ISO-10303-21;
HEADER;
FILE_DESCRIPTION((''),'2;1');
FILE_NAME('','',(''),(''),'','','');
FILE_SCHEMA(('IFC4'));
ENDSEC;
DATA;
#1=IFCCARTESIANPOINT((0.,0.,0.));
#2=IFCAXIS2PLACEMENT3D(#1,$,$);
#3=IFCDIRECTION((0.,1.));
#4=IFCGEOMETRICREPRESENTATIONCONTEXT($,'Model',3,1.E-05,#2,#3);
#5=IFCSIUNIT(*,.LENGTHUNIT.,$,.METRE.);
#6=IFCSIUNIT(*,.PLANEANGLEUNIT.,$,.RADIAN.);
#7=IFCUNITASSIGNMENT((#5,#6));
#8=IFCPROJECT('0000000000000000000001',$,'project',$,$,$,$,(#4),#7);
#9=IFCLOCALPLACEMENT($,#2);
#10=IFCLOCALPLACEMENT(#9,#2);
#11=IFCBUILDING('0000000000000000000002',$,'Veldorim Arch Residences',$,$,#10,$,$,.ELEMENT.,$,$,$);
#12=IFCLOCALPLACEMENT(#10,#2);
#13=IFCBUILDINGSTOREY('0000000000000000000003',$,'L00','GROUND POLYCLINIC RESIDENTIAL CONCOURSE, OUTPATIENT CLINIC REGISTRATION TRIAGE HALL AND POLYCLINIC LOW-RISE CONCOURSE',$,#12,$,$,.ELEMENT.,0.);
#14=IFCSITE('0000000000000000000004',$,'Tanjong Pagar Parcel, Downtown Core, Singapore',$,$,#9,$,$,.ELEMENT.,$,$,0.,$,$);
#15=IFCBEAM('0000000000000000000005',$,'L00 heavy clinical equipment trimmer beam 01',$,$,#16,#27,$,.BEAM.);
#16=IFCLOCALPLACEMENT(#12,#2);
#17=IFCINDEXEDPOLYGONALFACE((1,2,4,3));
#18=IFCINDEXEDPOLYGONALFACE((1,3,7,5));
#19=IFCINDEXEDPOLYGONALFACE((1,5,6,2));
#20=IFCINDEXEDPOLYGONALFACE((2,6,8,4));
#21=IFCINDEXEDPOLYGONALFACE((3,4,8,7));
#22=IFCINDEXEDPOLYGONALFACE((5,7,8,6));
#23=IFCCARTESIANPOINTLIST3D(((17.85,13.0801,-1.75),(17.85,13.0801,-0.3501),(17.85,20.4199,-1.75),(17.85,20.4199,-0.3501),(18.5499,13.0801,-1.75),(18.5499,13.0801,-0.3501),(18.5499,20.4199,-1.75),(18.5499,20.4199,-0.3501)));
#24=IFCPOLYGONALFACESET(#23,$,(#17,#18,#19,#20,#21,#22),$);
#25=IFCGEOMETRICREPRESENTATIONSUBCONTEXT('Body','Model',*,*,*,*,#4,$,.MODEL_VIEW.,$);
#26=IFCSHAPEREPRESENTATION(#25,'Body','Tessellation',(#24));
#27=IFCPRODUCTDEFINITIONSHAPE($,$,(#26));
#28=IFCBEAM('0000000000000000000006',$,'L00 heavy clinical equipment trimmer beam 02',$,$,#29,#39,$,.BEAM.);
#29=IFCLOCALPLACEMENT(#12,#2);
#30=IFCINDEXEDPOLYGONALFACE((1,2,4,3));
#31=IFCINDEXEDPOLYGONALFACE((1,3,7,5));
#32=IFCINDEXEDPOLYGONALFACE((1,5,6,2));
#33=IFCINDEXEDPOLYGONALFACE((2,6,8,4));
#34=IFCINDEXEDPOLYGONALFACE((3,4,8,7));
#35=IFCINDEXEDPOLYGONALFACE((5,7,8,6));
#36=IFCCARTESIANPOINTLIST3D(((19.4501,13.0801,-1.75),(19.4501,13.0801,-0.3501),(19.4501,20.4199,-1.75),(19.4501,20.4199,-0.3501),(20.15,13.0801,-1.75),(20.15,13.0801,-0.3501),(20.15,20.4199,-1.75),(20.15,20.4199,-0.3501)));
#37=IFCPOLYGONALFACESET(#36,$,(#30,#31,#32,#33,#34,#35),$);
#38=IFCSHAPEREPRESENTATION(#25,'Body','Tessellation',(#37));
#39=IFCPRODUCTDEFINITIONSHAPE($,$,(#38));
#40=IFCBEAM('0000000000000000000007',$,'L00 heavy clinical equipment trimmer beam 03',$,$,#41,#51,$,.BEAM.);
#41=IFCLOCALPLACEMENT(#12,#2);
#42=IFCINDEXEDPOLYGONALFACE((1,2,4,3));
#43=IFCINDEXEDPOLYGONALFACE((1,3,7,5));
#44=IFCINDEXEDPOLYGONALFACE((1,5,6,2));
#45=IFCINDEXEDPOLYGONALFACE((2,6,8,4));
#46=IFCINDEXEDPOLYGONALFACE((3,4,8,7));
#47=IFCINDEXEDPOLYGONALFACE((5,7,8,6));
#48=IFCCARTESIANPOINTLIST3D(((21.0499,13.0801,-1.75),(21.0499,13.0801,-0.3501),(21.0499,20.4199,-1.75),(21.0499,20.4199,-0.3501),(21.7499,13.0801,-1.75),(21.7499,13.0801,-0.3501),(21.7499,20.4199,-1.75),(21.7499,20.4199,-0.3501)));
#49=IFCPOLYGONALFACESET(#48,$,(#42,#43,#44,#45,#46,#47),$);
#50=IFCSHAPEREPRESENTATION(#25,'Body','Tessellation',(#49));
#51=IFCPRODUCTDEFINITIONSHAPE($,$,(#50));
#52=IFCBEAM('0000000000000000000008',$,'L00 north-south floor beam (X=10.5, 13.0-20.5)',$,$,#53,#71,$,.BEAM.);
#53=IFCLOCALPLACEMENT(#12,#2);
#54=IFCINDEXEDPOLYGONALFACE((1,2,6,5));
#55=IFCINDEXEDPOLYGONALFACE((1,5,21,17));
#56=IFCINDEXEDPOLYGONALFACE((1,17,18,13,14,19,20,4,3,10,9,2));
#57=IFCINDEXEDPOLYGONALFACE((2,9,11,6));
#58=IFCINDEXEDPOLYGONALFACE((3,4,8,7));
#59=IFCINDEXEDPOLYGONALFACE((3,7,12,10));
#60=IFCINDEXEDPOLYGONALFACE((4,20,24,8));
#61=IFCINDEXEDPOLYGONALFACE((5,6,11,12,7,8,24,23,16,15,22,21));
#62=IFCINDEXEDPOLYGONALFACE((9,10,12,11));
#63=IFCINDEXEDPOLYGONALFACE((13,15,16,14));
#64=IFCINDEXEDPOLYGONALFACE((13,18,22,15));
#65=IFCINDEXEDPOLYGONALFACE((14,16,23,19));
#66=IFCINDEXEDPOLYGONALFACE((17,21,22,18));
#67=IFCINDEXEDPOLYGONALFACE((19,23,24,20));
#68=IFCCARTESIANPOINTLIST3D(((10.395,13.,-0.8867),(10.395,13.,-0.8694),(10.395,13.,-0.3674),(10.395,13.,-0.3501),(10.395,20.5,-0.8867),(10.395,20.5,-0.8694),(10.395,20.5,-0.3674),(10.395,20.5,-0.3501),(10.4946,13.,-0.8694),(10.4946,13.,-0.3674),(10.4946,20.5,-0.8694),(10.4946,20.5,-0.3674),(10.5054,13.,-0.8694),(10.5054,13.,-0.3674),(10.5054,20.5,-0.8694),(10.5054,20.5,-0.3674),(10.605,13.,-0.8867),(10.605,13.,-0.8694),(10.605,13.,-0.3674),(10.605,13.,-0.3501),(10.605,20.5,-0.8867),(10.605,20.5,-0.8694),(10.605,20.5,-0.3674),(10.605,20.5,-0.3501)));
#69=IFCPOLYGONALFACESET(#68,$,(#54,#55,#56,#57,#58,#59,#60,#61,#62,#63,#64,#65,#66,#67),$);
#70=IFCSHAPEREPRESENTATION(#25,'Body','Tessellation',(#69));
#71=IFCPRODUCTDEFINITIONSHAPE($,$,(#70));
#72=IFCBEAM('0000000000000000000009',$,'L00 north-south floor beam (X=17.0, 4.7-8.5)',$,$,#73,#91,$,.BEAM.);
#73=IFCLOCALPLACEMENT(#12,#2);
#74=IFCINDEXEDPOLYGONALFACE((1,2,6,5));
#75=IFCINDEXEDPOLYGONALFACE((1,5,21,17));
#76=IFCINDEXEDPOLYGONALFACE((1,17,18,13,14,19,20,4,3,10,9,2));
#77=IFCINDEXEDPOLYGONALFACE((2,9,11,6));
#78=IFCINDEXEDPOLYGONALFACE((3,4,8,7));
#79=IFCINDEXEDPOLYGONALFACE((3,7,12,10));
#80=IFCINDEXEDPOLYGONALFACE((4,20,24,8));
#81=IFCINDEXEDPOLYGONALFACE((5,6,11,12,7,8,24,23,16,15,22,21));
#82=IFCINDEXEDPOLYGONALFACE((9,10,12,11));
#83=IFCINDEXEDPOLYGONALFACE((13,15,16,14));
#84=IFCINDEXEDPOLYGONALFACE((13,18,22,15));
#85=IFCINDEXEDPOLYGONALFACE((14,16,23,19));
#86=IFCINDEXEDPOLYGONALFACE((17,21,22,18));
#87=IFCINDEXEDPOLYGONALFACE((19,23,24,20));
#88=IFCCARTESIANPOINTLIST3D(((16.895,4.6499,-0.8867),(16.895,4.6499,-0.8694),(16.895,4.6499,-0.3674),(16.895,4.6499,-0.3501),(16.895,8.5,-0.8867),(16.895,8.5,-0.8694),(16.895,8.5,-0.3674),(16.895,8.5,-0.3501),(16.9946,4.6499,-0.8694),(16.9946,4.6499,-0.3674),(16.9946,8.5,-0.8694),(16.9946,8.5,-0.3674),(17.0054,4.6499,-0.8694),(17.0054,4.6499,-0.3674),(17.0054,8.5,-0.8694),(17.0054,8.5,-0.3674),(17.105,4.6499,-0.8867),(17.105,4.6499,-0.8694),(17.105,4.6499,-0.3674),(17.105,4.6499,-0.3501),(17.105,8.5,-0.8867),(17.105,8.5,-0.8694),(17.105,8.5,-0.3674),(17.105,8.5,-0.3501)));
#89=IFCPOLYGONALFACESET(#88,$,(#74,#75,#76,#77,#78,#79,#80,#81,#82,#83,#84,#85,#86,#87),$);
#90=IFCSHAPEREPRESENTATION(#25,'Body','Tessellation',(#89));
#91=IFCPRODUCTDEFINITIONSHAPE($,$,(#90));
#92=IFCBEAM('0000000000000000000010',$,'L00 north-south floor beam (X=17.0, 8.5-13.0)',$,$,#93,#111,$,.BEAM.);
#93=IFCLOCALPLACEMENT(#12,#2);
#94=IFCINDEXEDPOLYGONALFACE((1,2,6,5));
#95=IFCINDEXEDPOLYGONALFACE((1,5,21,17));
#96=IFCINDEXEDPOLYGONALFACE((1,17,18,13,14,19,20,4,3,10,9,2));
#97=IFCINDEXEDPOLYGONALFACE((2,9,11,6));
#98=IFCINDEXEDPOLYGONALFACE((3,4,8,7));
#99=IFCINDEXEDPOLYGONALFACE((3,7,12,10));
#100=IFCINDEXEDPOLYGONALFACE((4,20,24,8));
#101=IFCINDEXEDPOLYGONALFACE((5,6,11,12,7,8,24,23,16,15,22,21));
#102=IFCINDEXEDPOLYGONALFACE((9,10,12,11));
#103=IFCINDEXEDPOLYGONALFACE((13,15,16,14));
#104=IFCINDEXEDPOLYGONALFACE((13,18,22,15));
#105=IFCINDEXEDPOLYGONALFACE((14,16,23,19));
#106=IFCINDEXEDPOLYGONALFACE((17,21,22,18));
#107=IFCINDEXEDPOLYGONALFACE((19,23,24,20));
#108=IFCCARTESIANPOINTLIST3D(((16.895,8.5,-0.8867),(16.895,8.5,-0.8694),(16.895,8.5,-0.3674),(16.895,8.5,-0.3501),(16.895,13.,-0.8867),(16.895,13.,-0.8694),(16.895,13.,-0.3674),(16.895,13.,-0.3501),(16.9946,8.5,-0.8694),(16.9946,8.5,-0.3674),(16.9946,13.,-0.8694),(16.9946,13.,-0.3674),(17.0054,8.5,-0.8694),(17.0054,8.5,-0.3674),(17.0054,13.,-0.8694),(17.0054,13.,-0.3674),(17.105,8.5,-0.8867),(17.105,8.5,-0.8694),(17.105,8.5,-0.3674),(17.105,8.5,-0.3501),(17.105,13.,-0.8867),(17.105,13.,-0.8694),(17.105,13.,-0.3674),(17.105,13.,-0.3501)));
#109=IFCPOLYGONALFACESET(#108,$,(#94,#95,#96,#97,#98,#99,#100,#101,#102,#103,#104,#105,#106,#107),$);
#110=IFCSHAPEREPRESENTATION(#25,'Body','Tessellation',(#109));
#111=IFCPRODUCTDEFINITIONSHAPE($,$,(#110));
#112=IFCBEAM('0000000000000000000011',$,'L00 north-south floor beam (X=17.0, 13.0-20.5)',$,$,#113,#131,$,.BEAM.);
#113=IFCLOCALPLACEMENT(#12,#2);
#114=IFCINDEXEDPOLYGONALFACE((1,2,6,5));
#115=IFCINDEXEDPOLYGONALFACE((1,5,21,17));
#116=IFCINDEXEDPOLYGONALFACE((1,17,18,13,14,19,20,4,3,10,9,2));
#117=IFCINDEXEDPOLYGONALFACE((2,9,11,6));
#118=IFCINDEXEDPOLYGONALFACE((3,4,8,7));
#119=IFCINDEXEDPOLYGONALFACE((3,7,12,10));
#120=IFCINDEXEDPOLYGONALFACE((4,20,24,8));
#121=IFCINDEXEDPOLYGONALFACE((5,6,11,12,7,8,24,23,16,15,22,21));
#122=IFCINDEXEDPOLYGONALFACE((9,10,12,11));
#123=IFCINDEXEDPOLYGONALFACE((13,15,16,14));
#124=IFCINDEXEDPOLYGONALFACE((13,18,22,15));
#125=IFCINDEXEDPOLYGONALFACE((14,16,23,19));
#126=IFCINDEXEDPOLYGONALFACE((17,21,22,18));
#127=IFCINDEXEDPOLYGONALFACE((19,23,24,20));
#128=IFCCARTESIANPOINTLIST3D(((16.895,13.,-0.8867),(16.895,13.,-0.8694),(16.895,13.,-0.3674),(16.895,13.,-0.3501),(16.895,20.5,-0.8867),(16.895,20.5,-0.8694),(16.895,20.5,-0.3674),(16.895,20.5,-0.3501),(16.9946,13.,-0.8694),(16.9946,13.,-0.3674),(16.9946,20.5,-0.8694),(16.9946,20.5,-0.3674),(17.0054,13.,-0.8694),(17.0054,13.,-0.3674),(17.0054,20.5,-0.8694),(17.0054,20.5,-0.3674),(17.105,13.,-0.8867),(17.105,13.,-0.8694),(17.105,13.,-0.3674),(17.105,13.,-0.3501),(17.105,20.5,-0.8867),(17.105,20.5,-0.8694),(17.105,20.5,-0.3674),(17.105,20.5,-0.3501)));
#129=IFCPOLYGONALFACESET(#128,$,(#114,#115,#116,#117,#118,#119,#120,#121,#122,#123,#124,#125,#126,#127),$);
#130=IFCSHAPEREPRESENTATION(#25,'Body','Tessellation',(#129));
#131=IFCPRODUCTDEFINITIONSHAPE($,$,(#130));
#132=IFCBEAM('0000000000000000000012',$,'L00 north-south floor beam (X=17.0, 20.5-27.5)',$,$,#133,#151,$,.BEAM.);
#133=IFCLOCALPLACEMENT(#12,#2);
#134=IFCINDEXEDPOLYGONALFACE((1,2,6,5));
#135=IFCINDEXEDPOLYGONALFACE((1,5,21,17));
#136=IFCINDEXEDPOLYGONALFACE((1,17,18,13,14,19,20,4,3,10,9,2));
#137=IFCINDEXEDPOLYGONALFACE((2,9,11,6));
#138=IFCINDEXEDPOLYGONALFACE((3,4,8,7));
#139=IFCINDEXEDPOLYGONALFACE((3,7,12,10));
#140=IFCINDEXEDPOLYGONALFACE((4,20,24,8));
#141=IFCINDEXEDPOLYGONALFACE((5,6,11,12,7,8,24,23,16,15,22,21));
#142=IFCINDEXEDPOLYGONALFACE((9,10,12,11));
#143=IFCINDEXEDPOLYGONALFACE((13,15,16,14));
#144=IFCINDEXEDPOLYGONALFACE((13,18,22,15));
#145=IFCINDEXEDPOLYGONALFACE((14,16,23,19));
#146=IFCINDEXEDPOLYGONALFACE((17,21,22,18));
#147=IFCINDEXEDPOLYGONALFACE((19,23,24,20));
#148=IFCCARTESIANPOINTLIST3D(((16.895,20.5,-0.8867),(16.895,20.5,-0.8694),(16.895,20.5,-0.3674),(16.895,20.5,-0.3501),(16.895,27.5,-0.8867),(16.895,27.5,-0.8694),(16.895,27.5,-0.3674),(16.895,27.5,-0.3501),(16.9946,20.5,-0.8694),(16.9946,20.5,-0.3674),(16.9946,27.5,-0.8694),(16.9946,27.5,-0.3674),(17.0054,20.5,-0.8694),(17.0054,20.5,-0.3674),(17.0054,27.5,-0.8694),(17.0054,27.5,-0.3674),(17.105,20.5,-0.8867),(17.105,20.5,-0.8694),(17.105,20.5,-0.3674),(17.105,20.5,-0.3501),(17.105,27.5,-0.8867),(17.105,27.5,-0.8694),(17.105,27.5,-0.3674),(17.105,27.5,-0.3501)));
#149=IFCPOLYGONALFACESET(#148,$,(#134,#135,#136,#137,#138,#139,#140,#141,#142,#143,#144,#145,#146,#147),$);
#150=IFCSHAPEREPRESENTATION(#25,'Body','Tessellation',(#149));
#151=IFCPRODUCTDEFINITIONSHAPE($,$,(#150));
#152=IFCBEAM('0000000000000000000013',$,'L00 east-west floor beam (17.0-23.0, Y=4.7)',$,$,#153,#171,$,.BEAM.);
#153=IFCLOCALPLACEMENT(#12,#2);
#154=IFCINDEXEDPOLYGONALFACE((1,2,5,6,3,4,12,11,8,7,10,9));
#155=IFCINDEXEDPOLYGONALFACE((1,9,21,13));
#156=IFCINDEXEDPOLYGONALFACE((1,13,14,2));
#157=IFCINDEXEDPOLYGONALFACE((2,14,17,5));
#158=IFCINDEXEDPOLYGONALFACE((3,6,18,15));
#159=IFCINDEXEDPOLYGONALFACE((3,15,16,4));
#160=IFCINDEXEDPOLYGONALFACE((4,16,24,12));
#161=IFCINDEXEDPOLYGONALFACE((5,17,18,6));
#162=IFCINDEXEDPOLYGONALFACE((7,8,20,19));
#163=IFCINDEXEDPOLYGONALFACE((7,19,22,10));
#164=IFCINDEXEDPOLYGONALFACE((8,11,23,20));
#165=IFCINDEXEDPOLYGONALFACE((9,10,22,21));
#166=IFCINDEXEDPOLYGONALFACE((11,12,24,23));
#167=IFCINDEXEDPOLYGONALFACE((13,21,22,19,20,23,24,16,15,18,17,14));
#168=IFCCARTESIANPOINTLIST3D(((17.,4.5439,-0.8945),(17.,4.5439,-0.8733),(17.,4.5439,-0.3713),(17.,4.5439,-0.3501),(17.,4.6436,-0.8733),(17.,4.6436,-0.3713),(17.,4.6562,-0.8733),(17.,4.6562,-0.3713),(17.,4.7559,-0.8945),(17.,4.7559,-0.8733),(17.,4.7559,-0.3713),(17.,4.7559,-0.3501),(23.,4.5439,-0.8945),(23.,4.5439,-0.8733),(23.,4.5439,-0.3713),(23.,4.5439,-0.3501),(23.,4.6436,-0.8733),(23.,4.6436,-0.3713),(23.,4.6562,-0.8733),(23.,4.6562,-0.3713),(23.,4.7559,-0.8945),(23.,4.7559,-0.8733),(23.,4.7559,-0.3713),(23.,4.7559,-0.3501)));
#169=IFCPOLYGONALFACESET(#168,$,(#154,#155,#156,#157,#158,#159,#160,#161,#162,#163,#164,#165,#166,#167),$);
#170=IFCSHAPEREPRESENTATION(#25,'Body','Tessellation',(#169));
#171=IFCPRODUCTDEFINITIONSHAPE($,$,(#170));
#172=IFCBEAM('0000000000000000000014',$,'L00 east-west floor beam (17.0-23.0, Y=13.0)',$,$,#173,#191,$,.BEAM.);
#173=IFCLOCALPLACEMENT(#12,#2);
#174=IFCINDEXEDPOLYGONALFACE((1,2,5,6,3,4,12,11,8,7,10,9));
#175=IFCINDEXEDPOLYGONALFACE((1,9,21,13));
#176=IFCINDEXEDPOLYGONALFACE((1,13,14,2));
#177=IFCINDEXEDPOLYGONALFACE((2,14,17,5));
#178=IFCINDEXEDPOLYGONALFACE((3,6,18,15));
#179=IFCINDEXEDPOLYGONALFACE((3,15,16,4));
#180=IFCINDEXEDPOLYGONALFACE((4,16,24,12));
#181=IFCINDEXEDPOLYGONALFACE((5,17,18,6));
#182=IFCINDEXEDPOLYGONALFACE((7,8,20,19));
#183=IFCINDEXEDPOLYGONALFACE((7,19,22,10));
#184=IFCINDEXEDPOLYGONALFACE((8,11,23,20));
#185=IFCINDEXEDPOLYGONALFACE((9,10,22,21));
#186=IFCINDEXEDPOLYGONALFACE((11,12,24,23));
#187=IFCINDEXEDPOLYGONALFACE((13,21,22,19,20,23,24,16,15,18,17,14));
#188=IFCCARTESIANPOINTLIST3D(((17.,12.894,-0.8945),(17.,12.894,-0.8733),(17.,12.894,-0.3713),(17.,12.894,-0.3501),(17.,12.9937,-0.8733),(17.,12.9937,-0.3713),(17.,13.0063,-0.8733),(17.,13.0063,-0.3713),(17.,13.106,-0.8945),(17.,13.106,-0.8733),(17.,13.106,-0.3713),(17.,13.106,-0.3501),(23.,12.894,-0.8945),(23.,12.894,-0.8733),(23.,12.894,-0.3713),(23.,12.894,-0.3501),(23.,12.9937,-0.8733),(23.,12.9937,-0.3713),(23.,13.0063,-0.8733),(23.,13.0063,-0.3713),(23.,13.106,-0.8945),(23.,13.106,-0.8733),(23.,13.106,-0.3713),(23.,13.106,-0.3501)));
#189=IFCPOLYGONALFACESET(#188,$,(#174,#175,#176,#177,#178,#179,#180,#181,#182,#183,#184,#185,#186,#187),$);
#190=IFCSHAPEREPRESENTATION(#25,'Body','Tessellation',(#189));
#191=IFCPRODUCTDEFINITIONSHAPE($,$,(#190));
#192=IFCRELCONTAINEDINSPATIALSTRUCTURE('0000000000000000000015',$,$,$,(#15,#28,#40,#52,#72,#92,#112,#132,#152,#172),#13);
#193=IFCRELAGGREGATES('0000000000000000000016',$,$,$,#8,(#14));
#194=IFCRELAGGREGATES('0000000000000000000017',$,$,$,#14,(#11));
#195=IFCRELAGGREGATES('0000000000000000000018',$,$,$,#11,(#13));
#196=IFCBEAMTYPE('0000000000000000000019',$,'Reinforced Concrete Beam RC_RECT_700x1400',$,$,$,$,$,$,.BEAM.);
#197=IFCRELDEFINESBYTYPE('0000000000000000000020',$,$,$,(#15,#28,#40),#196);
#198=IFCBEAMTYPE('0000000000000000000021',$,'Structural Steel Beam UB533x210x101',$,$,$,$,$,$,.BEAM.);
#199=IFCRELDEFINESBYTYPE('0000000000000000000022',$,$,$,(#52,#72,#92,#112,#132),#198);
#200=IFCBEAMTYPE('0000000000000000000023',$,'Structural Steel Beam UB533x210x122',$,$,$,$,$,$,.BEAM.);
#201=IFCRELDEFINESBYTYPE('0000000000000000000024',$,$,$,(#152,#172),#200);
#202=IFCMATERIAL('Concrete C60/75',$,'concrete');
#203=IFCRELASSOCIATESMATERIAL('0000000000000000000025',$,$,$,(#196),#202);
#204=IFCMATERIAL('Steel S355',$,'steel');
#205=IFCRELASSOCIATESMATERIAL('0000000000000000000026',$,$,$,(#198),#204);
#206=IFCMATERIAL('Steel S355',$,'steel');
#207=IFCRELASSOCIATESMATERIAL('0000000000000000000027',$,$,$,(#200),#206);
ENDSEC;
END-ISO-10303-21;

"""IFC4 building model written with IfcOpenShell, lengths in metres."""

from ifc_helpers import new_model, si_unit, direction, frame, origin, origin_2d, place, context, subcontext, project, spatial, rectangle, i_section, extrude, material, material_profile, profile_set, type_object, element, save


model = new_model("IFC4")

# Units and contexts
model_context = context("Model", 3, precision=1e-05, world=origin(), true_north=direction((0.0, 1.0)))
body_context = subcontext(model_context, "Body", "Model", "MODEL_VIEW")
ifc_project = project(units=[si_unit("LENGTHUNIT", "METRE"), si_unit("PLANEANGLEUNIT", "RADIAN")], contexts=[model_context])

# Site, building, storey
site_placement = place(None, origin())
site = spatial("IfcSite", under=ifc_project, at=site_placement, Name="Tanjong Pagar Parcel, Downtown Core, Singapore", CompositionType="ELEMENT", RefElevation=0.0)
building_placement = place(site_placement, origin())
building = spatial("IfcBuilding", under=site, at=building_placement, Name="Veldorim Arch Residences", CompositionType="ELEMENT")
storey_placement = place(building_placement, origin())
storey = spatial("IfcBuildingStorey", under=building, at=storey_placement, Name="L00", Description="GROUND POLYCLINIC RESIDENTIAL CONCOURSE, OUTPATIENT CLINIC REGISTRATION TRIAGE HALL AND POLYCLINIC LOW-RISE CONCOURSE", CompositionType="ELEMENT", Elevation=0.0)

# Beams
ifc_material_1 = material(Name="Concrete C60/75", Category="concrete")
ifc_material_profile_1 = material_profile(ifc_material_1, rectangle(XDim=0.7, YDim=1.3999, at=origin_2d()), Name="RC_RECT_700x1400")
ifc_profile_set_1 = profile_set([ifc_material_profile_1], Name="Concrete C60/75")
beam_type_1 = type_object("IfcBeamType", Name="Reinforced Concrete Beam RC_RECT_700x1400", PredefinedType="BEAM", material=ifc_profile_set_1)
for number, where, z_axis, x_axis, name in (
    (1, (18.2, 13.0801, -1.05), (0.0, 1.0, 0.0), (-1.0, 0.0, 0.0), "L00 heavy clinical equipment trimmer beam 01"),
    (2, (19.8, 13.0801, -1.05), (0.0, 1.0, 0.0), (-1.0, 0.0, 0.0), "L00 heavy clinical equipment trimmer beam 02"),
    (3, (21.3999, 13.0801, -1.05), (0.0, 1.0, 0.0), (-1.0, 0.0, 0.0), "L00 heavy clinical equipment trimmer beam 03"),
):
    element("IfcBeam", number, at=place(storey_placement, frame(where, z_axis=z_axis, x_axis=x_axis)), inside=storey, type_object=beam_type_1, Name=name, PredefinedType="BEAM", context=body_context, shape_type="SweptSolid", body=[
        extrude(rectangle(XDim=0.7, YDim=1.3999, at=origin_2d()), origin(), (0.0, 0.0, 1.0), 7.3398),
    ])
ifc_material_2 = material(Name="Steel S355", Category="steel")
ifc_material_profile_2 = material_profile(ifc_material_2, i_section(OverallWidth=0.21, OverallDepth=0.5366, WebThickness=0.0107, FlangeThickness=0.0173, at=origin_2d()), Name="UB533x210x101")
ifc_profile_set_2 = profile_set([ifc_material_profile_2], Name="Steel S355")
beam_type_2 = type_object("IfcBeamType", Name="Structural Steel Beam UB533x210x101", PredefinedType="BEAM", material=ifc_profile_set_2)
beam_1_placement = place(storey_placement, frame((10.5, 13.0, -0.6184), z_axis=(0.0, 1.0, 0.0), x_axis=(-1.0, 0.0, 0.0)))
element("IfcBeam", 4, at=beam_1_placement, inside=storey, type_object=beam_type_2, Name="L00 north-south floor beam (X=10.5, 13.0-20.5)", PredefinedType="BEAM", context=body_context, shape_type="SweptSolid", body=[
    extrude(i_section(OverallWidth=0.21, OverallDepth=0.5366, WebThickness=0.0107, FlangeThickness=0.0173, at=origin_2d()), origin(), (0.0, 0.0, 1.0), 7.5),
])
beam_2_placement = place(storey_placement, frame((17.0, 4.6499, -0.6184), z_axis=(0.0, 1.0, 0.0), x_axis=(-1.0, 0.0, 0.0)))
element("IfcBeam", 5, at=beam_2_placement, inside=storey, type_object=beam_type_2, Name="L00 north-south floor beam (X=17.0, 4.7-8.5)", PredefinedType="BEAM", context=body_context, shape_type="SweptSolid", body=[
    extrude(i_section(OverallWidth=0.21, OverallDepth=0.5366, WebThickness=0.0107, FlangeThickness=0.0173, at=origin_2d()), origin(), (0.0, 0.0, 1.0), 3.8501),
])
beam_3_placement = place(storey_placement, frame((17.0, 8.5, -0.6184), z_axis=(0.0, 1.0, 0.0), x_axis=(-1.0, 0.0, 0.0)))
element("IfcBeam", 6, at=beam_3_placement, inside=storey, type_object=beam_type_2, Name="L00 north-south floor beam (X=17.0, 8.5-13.0)", PredefinedType="BEAM", context=body_context, shape_type="SweptSolid", body=[
    extrude(i_section(OverallWidth=0.21, OverallDepth=0.5366, WebThickness=0.0107, FlangeThickness=0.0173, at=origin_2d()), origin(), (0.0, 0.0, 1.0), 4.5),
])
beam_4_placement = place(storey_placement, frame((17.0, 13.0, -0.6184), z_axis=(0.0, 1.0, 0.0), x_axis=(-1.0, 0.0, 0.0)))
element("IfcBeam", 7, at=beam_4_placement, inside=storey, type_object=beam_type_2, Name="L00 north-south floor beam (X=17.0, 13.0-20.5)", PredefinedType="BEAM", context=body_context, shape_type="SweptSolid", body=[
    extrude(i_section(OverallWidth=0.21, OverallDepth=0.5366, WebThickness=0.0107, FlangeThickness=0.0173, at=origin_2d()), origin(), (0.0, 0.0, 1.0), 7.5),
])
beam_5_placement = place(storey_placement, frame((17.0, 20.5, -0.6184), z_axis=(0.0, 1.0, 0.0), x_axis=(-1.0, 0.0, 0.0)))
element("IfcBeam", 8, at=beam_5_placement, inside=storey, type_object=beam_type_2, Name="L00 north-south floor beam (X=17.0, 20.5-27.5)", PredefinedType="BEAM", context=body_context, shape_type="SweptSolid", body=[
    extrude(i_section(OverallWidth=0.21, OverallDepth=0.5366, WebThickness=0.0107, FlangeThickness=0.0173, at=origin_2d()), origin(), (0.0, 0.0, 1.0), 7.0),
])
ifc_material_3 = material(Name="Steel S355", Category="steel")
ifc_material_profile_3 = material_profile(ifc_material_3, i_section(OverallWidth=0.2119, OverallDepth=0.5444, WebThickness=0.0127, FlangeThickness=0.0212, at=origin_2d()), Name="UB533x210x122")
ifc_profile_set_3 = profile_set([ifc_material_profile_3], Name="Steel S355")
beam_type_3 = type_object("IfcBeamType", Name="Structural Steel Beam UB533x210x122", PredefinedType="BEAM", material=ifc_profile_set_3)
for number, where, z_axis, x_axis, name in (
    (9, (17.0, 4.6499, -0.6223), (1.0, 0.0, 0.0), (0.0, 1.0, 0.0), "L00 east-west floor beam (17.0-23.0, Y=4.7)"),
    (10, (17.0, 13.0, -0.6223), (1.0, 0.0, 0.0), (0.0, 1.0, 0.0), "L00 east-west floor beam (17.0-23.0, Y=13.0)"),
):
    element("IfcBeam", number, at=place(storey_placement, frame(where, z_axis=z_axis, x_axis=x_axis)), inside=storey, type_object=beam_type_3, Name=name, PredefinedType="BEAM", context=body_context, shape_type="SweptSolid", body=[
        extrude(i_section(OverallWidth=0.2119, OverallDepth=0.5444, WebThickness=0.0127, FlangeThickness=0.0212, at=origin_2d()), origin(), (0.0, 0.0, 1.0), 6.0),
    ])

save(model, "model.ifc")
